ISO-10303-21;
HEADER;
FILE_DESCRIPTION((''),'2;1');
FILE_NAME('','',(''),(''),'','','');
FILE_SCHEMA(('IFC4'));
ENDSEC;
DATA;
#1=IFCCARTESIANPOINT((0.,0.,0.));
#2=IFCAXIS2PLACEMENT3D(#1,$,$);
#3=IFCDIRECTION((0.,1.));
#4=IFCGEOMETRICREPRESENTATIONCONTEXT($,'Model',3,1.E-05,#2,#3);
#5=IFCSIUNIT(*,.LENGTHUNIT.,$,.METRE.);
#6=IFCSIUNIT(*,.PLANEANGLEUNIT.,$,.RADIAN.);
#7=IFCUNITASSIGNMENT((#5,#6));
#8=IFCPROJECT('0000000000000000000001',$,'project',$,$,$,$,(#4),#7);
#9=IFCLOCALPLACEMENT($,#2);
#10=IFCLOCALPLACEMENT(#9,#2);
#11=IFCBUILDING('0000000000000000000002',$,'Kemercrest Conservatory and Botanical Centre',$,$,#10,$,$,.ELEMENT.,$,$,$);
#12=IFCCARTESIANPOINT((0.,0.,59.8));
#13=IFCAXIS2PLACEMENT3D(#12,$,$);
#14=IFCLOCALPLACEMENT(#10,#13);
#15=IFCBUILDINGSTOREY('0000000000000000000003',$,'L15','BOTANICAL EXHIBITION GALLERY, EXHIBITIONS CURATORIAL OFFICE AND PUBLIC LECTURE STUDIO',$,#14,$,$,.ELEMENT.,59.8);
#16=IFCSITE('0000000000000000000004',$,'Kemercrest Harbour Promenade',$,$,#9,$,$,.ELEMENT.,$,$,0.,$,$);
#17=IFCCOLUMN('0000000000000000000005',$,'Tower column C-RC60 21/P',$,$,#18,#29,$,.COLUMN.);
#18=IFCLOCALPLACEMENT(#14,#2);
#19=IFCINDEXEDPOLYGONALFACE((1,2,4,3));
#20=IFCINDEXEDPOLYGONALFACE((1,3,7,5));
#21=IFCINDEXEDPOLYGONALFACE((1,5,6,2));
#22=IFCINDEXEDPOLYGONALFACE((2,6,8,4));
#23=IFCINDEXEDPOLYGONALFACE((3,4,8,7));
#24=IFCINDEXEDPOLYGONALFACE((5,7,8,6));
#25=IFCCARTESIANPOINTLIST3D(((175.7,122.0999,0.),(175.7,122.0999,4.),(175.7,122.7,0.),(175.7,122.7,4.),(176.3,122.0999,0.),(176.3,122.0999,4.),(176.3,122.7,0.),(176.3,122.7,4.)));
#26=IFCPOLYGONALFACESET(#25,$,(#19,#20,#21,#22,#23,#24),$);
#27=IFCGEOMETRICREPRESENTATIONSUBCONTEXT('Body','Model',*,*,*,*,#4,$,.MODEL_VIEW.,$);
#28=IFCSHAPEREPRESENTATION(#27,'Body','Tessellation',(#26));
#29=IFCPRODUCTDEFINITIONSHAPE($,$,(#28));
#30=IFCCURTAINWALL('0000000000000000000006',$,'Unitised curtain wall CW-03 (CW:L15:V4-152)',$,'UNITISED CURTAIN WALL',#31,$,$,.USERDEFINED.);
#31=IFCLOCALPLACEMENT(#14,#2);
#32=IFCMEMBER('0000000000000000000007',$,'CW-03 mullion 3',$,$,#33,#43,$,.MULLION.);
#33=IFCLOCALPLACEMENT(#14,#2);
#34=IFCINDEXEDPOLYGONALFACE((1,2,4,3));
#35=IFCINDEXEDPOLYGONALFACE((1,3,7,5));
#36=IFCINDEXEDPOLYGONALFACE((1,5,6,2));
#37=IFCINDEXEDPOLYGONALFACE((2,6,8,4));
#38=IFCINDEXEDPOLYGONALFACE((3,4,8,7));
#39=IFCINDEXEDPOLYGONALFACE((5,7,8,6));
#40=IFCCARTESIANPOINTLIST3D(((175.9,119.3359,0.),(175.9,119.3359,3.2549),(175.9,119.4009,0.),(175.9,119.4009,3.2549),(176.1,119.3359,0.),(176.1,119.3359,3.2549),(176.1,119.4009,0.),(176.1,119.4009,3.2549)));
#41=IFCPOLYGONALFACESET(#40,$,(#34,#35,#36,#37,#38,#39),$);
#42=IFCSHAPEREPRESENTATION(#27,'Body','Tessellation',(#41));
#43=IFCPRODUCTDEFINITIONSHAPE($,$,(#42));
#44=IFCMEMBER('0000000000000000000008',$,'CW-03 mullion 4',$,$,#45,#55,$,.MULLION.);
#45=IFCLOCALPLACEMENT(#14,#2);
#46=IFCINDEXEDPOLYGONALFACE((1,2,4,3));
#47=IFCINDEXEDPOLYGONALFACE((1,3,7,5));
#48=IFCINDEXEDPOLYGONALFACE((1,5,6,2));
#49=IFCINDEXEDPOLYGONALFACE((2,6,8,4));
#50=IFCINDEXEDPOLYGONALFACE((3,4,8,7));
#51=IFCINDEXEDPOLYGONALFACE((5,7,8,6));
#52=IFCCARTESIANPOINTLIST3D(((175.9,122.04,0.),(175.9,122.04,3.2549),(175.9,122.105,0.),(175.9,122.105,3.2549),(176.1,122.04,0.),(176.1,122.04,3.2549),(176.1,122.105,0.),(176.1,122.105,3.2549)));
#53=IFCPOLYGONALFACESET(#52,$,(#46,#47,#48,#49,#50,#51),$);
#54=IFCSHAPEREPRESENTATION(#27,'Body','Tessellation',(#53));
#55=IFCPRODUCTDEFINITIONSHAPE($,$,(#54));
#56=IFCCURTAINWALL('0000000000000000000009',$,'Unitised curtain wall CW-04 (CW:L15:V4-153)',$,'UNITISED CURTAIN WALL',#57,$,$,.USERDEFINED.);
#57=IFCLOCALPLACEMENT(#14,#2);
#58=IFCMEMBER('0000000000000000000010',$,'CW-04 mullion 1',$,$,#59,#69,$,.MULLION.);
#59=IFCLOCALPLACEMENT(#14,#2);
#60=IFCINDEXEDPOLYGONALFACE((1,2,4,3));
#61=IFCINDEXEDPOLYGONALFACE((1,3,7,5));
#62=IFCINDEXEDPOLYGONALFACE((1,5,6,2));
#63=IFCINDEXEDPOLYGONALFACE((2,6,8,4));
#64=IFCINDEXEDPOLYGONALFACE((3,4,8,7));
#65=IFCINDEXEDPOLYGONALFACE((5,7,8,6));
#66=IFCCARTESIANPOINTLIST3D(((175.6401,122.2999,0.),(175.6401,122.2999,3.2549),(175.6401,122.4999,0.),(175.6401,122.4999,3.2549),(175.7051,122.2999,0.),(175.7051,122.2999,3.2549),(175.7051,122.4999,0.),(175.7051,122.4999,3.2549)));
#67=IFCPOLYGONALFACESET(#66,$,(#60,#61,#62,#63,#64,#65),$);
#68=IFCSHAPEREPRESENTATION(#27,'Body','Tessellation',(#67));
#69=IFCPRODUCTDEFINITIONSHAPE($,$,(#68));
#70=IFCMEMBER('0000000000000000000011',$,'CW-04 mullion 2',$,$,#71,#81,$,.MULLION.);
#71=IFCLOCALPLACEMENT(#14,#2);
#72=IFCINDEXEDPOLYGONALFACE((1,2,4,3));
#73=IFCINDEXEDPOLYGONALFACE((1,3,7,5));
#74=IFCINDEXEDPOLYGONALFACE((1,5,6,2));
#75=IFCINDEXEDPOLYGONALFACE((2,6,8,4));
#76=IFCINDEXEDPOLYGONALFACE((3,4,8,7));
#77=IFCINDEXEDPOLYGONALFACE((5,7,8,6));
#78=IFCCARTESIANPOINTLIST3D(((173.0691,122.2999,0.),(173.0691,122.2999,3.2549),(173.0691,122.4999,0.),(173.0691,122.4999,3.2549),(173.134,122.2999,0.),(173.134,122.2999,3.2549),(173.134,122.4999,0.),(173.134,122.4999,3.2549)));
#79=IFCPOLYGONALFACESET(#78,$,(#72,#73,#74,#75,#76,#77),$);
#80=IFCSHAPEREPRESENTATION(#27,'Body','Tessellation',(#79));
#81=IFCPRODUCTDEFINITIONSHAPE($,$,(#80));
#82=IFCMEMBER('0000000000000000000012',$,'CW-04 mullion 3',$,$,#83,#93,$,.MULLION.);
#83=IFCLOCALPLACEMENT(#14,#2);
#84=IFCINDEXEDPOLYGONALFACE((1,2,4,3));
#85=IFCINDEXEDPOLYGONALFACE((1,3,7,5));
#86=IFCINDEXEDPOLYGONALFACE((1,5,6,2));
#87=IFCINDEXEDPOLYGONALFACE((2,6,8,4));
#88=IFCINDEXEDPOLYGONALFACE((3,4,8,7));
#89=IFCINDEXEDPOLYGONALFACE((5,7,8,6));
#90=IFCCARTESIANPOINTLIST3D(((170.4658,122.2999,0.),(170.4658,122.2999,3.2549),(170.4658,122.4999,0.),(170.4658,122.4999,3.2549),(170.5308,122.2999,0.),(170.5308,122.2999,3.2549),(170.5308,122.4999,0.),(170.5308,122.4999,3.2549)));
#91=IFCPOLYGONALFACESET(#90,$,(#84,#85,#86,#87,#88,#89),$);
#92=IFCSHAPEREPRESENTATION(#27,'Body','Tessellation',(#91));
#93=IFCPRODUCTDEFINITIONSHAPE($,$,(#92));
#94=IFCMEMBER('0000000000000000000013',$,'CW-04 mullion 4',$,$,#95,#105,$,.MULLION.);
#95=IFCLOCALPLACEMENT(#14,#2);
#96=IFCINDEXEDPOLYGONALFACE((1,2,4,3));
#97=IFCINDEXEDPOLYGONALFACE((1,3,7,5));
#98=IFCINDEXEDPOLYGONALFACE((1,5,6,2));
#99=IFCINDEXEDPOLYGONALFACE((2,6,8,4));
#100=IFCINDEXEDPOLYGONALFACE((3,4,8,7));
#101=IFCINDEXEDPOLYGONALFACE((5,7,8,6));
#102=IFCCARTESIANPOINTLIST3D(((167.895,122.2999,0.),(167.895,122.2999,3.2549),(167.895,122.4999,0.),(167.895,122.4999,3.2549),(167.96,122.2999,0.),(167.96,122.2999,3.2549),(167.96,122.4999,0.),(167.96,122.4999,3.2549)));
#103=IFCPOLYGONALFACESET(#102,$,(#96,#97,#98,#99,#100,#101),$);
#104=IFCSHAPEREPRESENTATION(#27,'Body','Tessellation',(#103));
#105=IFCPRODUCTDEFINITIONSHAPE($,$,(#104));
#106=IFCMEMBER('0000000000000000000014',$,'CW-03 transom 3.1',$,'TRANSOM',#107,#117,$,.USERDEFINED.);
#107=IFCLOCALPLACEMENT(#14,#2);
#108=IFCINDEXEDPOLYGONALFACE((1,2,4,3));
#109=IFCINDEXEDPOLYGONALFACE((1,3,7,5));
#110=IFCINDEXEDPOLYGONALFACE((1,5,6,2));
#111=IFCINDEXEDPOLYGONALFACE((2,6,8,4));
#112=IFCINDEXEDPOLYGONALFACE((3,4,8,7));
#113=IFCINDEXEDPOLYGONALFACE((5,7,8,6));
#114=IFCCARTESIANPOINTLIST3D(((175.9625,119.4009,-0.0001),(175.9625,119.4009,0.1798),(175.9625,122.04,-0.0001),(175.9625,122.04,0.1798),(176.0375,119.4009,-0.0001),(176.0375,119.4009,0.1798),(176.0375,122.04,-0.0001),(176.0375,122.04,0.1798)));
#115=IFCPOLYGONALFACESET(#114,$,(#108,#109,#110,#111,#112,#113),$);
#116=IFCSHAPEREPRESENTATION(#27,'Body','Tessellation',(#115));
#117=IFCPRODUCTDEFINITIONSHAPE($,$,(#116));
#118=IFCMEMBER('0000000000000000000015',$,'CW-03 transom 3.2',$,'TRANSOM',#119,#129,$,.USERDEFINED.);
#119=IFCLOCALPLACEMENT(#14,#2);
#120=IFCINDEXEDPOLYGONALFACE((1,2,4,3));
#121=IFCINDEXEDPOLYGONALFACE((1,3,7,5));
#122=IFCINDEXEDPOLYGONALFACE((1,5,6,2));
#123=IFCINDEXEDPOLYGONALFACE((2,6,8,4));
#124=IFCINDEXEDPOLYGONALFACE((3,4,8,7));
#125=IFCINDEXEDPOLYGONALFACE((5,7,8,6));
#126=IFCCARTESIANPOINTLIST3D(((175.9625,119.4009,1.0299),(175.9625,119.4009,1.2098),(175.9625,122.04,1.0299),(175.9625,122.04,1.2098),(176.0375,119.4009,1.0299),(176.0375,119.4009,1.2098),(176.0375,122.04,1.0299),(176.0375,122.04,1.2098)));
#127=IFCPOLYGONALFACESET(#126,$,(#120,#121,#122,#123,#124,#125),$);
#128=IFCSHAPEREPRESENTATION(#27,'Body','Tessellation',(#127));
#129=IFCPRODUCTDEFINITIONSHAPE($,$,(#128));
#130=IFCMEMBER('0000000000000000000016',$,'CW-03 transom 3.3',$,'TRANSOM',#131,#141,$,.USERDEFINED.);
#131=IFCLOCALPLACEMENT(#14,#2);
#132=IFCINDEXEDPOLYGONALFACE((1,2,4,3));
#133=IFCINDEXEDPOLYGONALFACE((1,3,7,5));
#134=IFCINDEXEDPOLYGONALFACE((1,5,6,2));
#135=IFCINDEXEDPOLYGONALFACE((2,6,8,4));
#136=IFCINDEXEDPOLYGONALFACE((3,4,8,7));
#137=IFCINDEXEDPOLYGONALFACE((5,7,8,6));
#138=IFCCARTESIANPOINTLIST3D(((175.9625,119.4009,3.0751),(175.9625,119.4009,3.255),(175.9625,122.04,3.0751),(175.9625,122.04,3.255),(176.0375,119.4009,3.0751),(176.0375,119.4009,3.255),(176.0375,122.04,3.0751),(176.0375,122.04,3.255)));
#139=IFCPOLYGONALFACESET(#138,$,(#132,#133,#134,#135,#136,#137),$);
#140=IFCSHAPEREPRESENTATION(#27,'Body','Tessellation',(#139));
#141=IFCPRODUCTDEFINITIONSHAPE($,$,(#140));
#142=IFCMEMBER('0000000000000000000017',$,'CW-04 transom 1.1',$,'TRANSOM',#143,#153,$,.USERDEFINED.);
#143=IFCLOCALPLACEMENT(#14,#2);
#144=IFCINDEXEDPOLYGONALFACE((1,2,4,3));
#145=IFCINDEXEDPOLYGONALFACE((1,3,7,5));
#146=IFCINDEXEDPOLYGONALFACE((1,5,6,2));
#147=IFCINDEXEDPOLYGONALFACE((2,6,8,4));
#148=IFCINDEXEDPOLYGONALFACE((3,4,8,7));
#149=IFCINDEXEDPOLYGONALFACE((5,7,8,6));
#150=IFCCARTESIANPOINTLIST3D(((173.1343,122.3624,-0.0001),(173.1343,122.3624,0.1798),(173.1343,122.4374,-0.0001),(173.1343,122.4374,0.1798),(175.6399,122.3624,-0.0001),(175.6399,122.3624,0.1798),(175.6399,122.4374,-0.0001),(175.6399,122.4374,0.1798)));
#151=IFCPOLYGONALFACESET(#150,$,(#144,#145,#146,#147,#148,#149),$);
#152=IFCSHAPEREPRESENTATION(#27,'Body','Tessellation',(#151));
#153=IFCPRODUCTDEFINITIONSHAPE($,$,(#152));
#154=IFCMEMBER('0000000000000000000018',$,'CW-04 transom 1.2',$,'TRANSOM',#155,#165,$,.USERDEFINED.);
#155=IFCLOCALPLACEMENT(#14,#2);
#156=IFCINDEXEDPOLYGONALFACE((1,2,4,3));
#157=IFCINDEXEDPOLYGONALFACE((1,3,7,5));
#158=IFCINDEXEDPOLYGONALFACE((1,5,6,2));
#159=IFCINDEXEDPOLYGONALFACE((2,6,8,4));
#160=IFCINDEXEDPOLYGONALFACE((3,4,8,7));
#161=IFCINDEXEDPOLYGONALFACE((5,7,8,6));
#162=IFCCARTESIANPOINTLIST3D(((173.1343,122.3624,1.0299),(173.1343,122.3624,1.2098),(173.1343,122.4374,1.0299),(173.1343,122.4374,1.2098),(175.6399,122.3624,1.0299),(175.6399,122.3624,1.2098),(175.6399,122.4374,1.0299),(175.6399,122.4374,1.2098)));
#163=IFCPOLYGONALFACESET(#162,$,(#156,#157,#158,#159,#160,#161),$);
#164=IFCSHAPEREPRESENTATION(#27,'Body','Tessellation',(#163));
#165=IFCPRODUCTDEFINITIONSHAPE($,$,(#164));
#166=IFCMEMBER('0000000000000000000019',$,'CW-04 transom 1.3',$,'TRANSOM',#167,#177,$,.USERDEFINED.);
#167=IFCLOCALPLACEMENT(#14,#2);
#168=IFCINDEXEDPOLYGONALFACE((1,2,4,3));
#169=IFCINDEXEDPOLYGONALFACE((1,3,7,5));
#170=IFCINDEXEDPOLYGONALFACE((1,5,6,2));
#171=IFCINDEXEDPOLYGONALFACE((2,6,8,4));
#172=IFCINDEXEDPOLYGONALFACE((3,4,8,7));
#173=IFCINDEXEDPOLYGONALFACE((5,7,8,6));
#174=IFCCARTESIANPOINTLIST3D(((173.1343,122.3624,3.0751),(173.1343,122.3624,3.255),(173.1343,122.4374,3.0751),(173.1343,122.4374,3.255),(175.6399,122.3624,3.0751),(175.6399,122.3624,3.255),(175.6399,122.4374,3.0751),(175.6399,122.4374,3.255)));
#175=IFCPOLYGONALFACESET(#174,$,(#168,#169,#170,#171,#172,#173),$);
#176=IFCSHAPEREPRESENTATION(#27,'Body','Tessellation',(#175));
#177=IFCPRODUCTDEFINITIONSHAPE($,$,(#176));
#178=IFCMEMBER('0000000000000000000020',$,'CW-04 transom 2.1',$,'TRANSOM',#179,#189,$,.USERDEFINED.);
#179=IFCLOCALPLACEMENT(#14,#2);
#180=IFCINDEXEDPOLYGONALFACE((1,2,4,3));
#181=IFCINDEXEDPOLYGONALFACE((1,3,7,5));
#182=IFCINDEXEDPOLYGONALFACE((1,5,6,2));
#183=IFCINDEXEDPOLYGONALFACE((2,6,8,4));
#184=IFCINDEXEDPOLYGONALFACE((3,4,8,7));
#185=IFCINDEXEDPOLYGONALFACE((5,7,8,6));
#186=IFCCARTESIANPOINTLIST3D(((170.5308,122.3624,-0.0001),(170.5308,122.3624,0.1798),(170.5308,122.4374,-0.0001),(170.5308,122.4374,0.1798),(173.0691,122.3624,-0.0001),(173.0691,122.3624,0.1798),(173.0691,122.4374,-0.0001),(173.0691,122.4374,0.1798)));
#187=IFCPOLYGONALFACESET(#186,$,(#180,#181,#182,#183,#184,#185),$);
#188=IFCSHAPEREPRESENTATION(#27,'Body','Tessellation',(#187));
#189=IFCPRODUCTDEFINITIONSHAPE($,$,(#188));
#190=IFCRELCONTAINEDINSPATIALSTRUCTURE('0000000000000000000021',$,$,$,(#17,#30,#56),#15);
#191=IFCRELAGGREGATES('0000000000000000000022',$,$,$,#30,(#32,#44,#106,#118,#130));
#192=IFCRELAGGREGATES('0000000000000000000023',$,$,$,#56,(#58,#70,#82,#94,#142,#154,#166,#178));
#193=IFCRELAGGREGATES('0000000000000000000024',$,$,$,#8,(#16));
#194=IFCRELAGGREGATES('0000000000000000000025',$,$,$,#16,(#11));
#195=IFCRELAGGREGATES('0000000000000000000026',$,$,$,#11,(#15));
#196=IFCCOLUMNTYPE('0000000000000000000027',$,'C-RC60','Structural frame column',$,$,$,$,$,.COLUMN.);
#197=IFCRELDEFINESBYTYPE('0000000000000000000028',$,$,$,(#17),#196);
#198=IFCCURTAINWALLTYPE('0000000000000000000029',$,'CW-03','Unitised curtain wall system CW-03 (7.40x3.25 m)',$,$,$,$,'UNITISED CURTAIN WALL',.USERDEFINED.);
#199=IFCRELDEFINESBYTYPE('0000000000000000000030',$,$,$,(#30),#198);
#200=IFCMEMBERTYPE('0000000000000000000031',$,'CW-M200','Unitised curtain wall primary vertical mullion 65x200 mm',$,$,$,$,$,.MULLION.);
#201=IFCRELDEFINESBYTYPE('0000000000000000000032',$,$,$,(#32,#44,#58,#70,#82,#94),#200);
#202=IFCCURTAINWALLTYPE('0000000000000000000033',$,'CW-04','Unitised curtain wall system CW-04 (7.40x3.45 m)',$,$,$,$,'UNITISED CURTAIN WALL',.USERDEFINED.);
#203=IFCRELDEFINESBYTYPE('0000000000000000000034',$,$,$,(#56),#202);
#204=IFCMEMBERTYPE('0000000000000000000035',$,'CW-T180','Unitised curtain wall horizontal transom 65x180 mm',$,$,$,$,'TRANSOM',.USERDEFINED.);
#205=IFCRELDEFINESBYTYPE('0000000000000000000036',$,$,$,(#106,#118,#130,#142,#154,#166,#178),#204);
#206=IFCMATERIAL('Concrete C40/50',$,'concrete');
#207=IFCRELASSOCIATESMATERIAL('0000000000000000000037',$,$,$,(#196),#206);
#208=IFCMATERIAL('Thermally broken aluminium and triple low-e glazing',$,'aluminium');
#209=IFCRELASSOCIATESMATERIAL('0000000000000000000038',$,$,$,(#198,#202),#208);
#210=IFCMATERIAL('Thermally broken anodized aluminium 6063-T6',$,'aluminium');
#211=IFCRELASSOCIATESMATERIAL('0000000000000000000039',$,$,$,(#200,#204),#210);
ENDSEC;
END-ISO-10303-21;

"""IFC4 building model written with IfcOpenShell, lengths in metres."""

from ifc_helpers import new_model, si_unit, direction, frame, origin, origin_2d, place, context, subcontext, project, spatial, rectangle, extrude, material, material_profile, profile_set, type_object, element, aggregate, save


model = new_model("IFC4")

# Units and contexts
model_context = context("Model", 3, precision=1e-05, world=origin(), true_north=direction((0.0, 1.0)))
body_context = subcontext(model_context, "Body", "Model", "MODEL_VIEW")
ifc_project = project(units=[si_unit("LENGTHUNIT", "METRE"), si_unit("PLANEANGLEUNIT", "RADIAN")], contexts=[model_context])

# Site, building, storey
site_placement = place(None, origin())
site = spatial("IfcSite", under=ifc_project, at=site_placement, Name="Kemercrest Harbour Promenade", CompositionType="ELEMENT", RefElevation=0.0)
building_placement = place(site_placement, origin())
building = spatial("IfcBuilding", under=site, at=building_placement, Name="Kemercrest Conservatory and Botanical Centre", CompositionType="ELEMENT")
storey_placement = place(building_placement, frame((0.0, 0.0, 59.8)))
storey = spatial("IfcBuildingStorey", under=building, at=storey_placement, Name="L15", Description="BOTANICAL EXHIBITION GALLERY, EXHIBITIONS CURATORIAL OFFICE AND PUBLIC LECTURE STUDIO", CompositionType="ELEMENT", Elevation=59.8)

# Column
ifc_material_1 = material(Name="Concrete C40/50", Category="concrete")
ifc_material_profile_1 = material_profile(ifc_material_1, rectangle(XDim=0.6001, YDim=0.6001, at=origin_2d()), Name="RC 600x600")
ifc_profile_set_1 = profile_set([ifc_material_profile_1], Name="Concrete C40/50")
column_type = type_object("IfcColumnType", Name="C-RC60", Description="Structural frame column", PredefinedType="COLUMN", material=ifc_profile_set_1)
column_placement = place(storey_placement, frame((176.0, 122.3999, 0.0), z_axis=(0.0, 0.0, 1.0), x_axis=(1.0, 0.0, 0.0)))
element("IfcColumn", 1, at=column_placement, inside=storey, type_object=column_type, Name="Tower column C-RC60 21/P", PredefinedType="COLUMN", context=body_context, shape_type="SweptSolid", body=[
    extrude(rectangle(XDim=0.6001, YDim=0.6001, at=origin_2d()), origin(), (0.0, 0.0, 1.0), 4.0),
])

# Curtain walls, members
ifc_material_2 = material(Name="Thermally broken aluminium and triple low-e glazing", Category="aluminium")
curtain_wall_type_1 = type_object("IfcCurtainWallType", Name="CW-03", Description="Unitised curtain wall system CW-03 (7.40x3.25 m)", ElementType="UNITISED CURTAIN WALL", PredefinedType="USERDEFINED", material=ifc_material_2)
curtain_wall_1_placement = place(storey_placement, origin())
curtain_wall_1 = element("IfcCurtainWall", 2, at=curtain_wall_1_placement, inside=storey, type_object=curtain_wall_type_1, Name="Unitised curtain wall CW-03 (CW:L15:V4-152)", ObjectType="UNITISED CURTAIN WALL", PredefinedType="USERDEFINED")
ifc_material_3 = material(Name="Thermally broken anodized aluminium 6063-T6", Category="aluminium")
ifc_material_profile_2 = material_profile(ifc_material_3, rectangle(XDim=0.2, YDim=0.0649, at=origin_2d()), Name="AL MULLION 65x200")
ifc_profile_set_2 = profile_set([ifc_material_profile_2], Name="Thermally broken anodized aluminium 6063-T6")
member_type_1 = type_object("IfcMemberType", Name="CW-M200", Description="Unitised curtain wall primary vertical mullion 65x200 mm", PredefinedType="MULLION", material=ifc_profile_set_2)
member_1_placement = place(storey_placement, frame((176.0, 119.3684, 0.0), z_axis=(0.0, 0.0, 1.0), x_axis=(-1.0, 0.0, 0.0)))
member_1 = element("IfcMember", 3, at=member_1_placement, type_object=member_type_1, Name="CW-03 mullion 3", PredefinedType="MULLION", context=body_context, shape_type="SweptSolid", body=[
    extrude(rectangle(XDim=0.2, YDim=0.0649, at=origin_2d()), origin(), (0.0, 0.0, 1.0), 3.2549),
])
member_2_placement = place(storey_placement, frame((176.0, 122.0725, 0.0), z_axis=(0.0, 0.0, 1.0), x_axis=(-1.0, 0.0, 0.0)))
member_2 = element("IfcMember", 4, at=member_2_placement, type_object=member_type_1, Name="CW-03 mullion 4", PredefinedType="MULLION", context=body_context, shape_type="SweptSolid", body=[
    extrude(rectangle(XDim=0.2, YDim=0.0649, at=origin_2d()), origin(), (0.0, 0.0, 1.0), 3.2549),
])
curtain_wall_type_2 = type_object("IfcCurtainWallType", Name="CW-04", Description="Unitised curtain wall system CW-04 (7.40x3.45 m)", ElementType="UNITISED CURTAIN WALL", PredefinedType="USERDEFINED", material=ifc_material_2)
curtain_wall_2_placement = place(storey_placement, origin())
curtain_wall_2 = element("IfcCurtainWall", 5, at=curtain_wall_2_placement, inside=storey, type_object=curtain_wall_type_2, Name="Unitised curtain wall CW-04 (CW:L15:V4-153)", ObjectType="UNITISED CURTAIN WALL", PredefinedType="USERDEFINED")
member_3_placement = place(storey_placement, frame((175.6726, 122.3999, 0.0), z_axis=(0.0, 0.0, 1.0), x_axis=(0.0, -1.0, 0.0)))
member_3 = element("IfcMember", 6, at=member_3_placement, type_object=member_type_1, Name="CW-04 mullion 1", PredefinedType="MULLION", context=body_context, shape_type="SweptSolid", body=[
    extrude(rectangle(XDim=0.2, YDim=0.0649, at=origin_2d()), origin(), (0.0, 0.0, 1.0), 3.2549),
])
member_4_placement = place(storey_placement, frame((173.1016, 122.3999, 0.0), z_axis=(0.0, 0.0, 1.0), x_axis=(0.0, -1.0, 0.0)))
member_4 = element("IfcMember", 7, at=member_4_placement, type_object=member_type_1, Name="CW-04 mullion 2", PredefinedType="MULLION", context=body_context, shape_type="SweptSolid", body=[
    extrude(rectangle(XDim=0.2, YDim=0.0649, at=origin_2d()), origin(), (0.0, 0.0, 1.0), 3.2549),
])
member_5_placement = place(storey_placement, frame((170.4983, 122.3999, 0.0), z_axis=(0.0, 0.0, 1.0), x_axis=(0.0, -1.0, 0.0)))
member_5 = element("IfcMember", 8, at=member_5_placement, type_object=member_type_1, Name="CW-04 mullion 3", PredefinedType="MULLION", context=body_context, shape_type="SweptSolid", body=[
    extrude(rectangle(XDim=0.2, YDim=0.0649, at=origin_2d()), origin(), (0.0, 0.0, 1.0), 3.2549),
])
member_6_placement = place(storey_placement, frame((167.9275, 122.3999, 0.0), z_axis=(0.0, 0.0, 1.0), x_axis=(0.0, -1.0, 0.0)))
member_6 = element("IfcMember", 9, at=member_6_placement, type_object=member_type_1, Name="CW-04 mullion 4", PredefinedType="MULLION", context=body_context, shape_type="SweptSolid", body=[
    extrude(rectangle(XDim=0.2, YDim=0.0649, at=origin_2d()), origin(), (0.0, 0.0, 1.0), 3.2549),
])

# Members
ifc_material_profile_3 = material_profile(ifc_material_3, rectangle(XDim=0.075, YDim=0.1799, at=origin_2d()), Name="AL TRANSOM 75x180")
ifc_profile_set_3 = profile_set([ifc_material_profile_3], Name="Thermally broken anodized aluminium 6063-T6")
member_type_2 = type_object("IfcMemberType", Name="CW-T180", Description="Unitised curtain wall horizontal transom 65x180 mm", ElementType="TRANSOM", PredefinedType="USERDEFINED", material=ifc_profile_set_3)
member_7_placement = place(storey_placement, frame((176.0, 119.4009, 0.0898), z_axis=(0.0, 1.0, 0.0), x_axis=(-1.0, 0.0, 0.0)))
member_7 = element("IfcMember", 10, at=member_7_placement, type_object=member_type_2, Name="CW-03 transom 3.1", ObjectType="TRANSOM", PredefinedType="USERDEFINED", context=body_context, shape_type="SweptSolid", body=[
    extrude(rectangle(XDim=0.075, YDim=0.1799, at=origin_2d()), origin(), (0.0, 0.0, 1.0), 2.6392),
])
member_8_placement = place(storey_placement, frame((176.0, 119.4009, 1.1199), z_axis=(0.0, 1.0, 0.0), x_axis=(-1.0, 0.0, 0.0)))
member_8 = element("IfcMember", 11, at=member_8_placement, type_object=member_type_2, Name="CW-03 transom 3.2", ObjectType="TRANSOM", PredefinedType="USERDEFINED", context=body_context, shape_type="SweptSolid", body=[
    extrude(rectangle(XDim=0.075, YDim=0.1799, at=origin_2d()), origin(), (0.0, 0.0, 1.0), 2.6392),
])
member_9_placement = place(storey_placement, frame((176.0, 119.4009, 3.165), z_axis=(0.0, 1.0, 0.0), x_axis=(-1.0, 0.0, 0.0)))
member_9 = element("IfcMember", 12, at=member_9_placement, type_object=member_type_2, Name="CW-03 transom 3.3", ObjectType="TRANSOM", PredefinedType="USERDEFINED", context=body_context, shape_type="SweptSolid", body=[
    extrude(rectangle(XDim=0.075, YDim=0.1799, at=origin_2d()), origin(), (0.0, 0.0, 1.0), 2.6392),
])
member_10_placement = place(storey_placement, frame((175.6399, 122.3999, 0.0898), z_axis=(-1.0, 0.0, 0.0), x_axis=(0.0, -1.0, 0.0)))
member_10 = element("IfcMember", 13, at=member_10_placement, type_object=member_type_2, Name="CW-04 transom 1.1", ObjectType="TRANSOM", PredefinedType="USERDEFINED", context=body_context, shape_type="SweptSolid", body=[
    extrude(rectangle(XDim=0.075, YDim=0.1799, at=origin_2d()), origin(), (0.0, 0.0, 1.0), 2.5056),
])
member_11_placement = place(storey_placement, frame((175.6399, 122.3999, 1.1199), z_axis=(-1.0, 0.0, 0.0), x_axis=(0.0, -1.0, 0.0)))
member_11 = element("IfcMember", 14, at=member_11_placement, type_object=member_type_2, Name="CW-04 transom 1.2", ObjectType="TRANSOM", PredefinedType="USERDEFINED", context=body_context, shape_type="SweptSolid", body=[
    extrude(rectangle(XDim=0.075, YDim=0.1799, at=origin_2d()), origin(), (0.0, 0.0, 1.0), 2.5056),
])
member_12_placement = place(storey_placement, frame((175.6399, 122.3999, 3.165), z_axis=(-1.0, 0.0, 0.0), x_axis=(0.0, -1.0, 0.0)))
member_12 = element("IfcMember", 15, at=member_12_placement, type_object=member_type_2, Name="CW-04 transom 1.3", ObjectType="TRANSOM", PredefinedType="USERDEFINED", context=body_context, shape_type="SweptSolid", body=[
    extrude(rectangle(XDim=0.075, YDim=0.1799, at=origin_2d()), origin(), (0.0, 0.0, 1.0), 2.5056),
])
member_13_placement = place(storey_placement, frame((173.0691, 122.3999, 0.0898), z_axis=(-1.0, 0.0, 0.0), x_axis=(0.0, -1.0, 0.0)))
member_13 = element("IfcMember", 16, at=member_13_placement, type_object=member_type_2, Name="CW-04 transom 2.1", ObjectType="TRANSOM", PredefinedType="USERDEFINED", context=body_context, shape_type="SweptSolid", body=[
    extrude(rectangle(XDim=0.075, YDim=0.1799, at=origin_2d()), origin(), (0.0, 0.0, 1.0), 2.5383),
])

aggregate(curtain_wall_1, [member_1, member_2, member_7, member_8, member_9])
aggregate(curtain_wall_2, [member_3, member_4, member_5, member_6, member_10, member_11, member_12, member_13])

save(model, "model.ifc")
